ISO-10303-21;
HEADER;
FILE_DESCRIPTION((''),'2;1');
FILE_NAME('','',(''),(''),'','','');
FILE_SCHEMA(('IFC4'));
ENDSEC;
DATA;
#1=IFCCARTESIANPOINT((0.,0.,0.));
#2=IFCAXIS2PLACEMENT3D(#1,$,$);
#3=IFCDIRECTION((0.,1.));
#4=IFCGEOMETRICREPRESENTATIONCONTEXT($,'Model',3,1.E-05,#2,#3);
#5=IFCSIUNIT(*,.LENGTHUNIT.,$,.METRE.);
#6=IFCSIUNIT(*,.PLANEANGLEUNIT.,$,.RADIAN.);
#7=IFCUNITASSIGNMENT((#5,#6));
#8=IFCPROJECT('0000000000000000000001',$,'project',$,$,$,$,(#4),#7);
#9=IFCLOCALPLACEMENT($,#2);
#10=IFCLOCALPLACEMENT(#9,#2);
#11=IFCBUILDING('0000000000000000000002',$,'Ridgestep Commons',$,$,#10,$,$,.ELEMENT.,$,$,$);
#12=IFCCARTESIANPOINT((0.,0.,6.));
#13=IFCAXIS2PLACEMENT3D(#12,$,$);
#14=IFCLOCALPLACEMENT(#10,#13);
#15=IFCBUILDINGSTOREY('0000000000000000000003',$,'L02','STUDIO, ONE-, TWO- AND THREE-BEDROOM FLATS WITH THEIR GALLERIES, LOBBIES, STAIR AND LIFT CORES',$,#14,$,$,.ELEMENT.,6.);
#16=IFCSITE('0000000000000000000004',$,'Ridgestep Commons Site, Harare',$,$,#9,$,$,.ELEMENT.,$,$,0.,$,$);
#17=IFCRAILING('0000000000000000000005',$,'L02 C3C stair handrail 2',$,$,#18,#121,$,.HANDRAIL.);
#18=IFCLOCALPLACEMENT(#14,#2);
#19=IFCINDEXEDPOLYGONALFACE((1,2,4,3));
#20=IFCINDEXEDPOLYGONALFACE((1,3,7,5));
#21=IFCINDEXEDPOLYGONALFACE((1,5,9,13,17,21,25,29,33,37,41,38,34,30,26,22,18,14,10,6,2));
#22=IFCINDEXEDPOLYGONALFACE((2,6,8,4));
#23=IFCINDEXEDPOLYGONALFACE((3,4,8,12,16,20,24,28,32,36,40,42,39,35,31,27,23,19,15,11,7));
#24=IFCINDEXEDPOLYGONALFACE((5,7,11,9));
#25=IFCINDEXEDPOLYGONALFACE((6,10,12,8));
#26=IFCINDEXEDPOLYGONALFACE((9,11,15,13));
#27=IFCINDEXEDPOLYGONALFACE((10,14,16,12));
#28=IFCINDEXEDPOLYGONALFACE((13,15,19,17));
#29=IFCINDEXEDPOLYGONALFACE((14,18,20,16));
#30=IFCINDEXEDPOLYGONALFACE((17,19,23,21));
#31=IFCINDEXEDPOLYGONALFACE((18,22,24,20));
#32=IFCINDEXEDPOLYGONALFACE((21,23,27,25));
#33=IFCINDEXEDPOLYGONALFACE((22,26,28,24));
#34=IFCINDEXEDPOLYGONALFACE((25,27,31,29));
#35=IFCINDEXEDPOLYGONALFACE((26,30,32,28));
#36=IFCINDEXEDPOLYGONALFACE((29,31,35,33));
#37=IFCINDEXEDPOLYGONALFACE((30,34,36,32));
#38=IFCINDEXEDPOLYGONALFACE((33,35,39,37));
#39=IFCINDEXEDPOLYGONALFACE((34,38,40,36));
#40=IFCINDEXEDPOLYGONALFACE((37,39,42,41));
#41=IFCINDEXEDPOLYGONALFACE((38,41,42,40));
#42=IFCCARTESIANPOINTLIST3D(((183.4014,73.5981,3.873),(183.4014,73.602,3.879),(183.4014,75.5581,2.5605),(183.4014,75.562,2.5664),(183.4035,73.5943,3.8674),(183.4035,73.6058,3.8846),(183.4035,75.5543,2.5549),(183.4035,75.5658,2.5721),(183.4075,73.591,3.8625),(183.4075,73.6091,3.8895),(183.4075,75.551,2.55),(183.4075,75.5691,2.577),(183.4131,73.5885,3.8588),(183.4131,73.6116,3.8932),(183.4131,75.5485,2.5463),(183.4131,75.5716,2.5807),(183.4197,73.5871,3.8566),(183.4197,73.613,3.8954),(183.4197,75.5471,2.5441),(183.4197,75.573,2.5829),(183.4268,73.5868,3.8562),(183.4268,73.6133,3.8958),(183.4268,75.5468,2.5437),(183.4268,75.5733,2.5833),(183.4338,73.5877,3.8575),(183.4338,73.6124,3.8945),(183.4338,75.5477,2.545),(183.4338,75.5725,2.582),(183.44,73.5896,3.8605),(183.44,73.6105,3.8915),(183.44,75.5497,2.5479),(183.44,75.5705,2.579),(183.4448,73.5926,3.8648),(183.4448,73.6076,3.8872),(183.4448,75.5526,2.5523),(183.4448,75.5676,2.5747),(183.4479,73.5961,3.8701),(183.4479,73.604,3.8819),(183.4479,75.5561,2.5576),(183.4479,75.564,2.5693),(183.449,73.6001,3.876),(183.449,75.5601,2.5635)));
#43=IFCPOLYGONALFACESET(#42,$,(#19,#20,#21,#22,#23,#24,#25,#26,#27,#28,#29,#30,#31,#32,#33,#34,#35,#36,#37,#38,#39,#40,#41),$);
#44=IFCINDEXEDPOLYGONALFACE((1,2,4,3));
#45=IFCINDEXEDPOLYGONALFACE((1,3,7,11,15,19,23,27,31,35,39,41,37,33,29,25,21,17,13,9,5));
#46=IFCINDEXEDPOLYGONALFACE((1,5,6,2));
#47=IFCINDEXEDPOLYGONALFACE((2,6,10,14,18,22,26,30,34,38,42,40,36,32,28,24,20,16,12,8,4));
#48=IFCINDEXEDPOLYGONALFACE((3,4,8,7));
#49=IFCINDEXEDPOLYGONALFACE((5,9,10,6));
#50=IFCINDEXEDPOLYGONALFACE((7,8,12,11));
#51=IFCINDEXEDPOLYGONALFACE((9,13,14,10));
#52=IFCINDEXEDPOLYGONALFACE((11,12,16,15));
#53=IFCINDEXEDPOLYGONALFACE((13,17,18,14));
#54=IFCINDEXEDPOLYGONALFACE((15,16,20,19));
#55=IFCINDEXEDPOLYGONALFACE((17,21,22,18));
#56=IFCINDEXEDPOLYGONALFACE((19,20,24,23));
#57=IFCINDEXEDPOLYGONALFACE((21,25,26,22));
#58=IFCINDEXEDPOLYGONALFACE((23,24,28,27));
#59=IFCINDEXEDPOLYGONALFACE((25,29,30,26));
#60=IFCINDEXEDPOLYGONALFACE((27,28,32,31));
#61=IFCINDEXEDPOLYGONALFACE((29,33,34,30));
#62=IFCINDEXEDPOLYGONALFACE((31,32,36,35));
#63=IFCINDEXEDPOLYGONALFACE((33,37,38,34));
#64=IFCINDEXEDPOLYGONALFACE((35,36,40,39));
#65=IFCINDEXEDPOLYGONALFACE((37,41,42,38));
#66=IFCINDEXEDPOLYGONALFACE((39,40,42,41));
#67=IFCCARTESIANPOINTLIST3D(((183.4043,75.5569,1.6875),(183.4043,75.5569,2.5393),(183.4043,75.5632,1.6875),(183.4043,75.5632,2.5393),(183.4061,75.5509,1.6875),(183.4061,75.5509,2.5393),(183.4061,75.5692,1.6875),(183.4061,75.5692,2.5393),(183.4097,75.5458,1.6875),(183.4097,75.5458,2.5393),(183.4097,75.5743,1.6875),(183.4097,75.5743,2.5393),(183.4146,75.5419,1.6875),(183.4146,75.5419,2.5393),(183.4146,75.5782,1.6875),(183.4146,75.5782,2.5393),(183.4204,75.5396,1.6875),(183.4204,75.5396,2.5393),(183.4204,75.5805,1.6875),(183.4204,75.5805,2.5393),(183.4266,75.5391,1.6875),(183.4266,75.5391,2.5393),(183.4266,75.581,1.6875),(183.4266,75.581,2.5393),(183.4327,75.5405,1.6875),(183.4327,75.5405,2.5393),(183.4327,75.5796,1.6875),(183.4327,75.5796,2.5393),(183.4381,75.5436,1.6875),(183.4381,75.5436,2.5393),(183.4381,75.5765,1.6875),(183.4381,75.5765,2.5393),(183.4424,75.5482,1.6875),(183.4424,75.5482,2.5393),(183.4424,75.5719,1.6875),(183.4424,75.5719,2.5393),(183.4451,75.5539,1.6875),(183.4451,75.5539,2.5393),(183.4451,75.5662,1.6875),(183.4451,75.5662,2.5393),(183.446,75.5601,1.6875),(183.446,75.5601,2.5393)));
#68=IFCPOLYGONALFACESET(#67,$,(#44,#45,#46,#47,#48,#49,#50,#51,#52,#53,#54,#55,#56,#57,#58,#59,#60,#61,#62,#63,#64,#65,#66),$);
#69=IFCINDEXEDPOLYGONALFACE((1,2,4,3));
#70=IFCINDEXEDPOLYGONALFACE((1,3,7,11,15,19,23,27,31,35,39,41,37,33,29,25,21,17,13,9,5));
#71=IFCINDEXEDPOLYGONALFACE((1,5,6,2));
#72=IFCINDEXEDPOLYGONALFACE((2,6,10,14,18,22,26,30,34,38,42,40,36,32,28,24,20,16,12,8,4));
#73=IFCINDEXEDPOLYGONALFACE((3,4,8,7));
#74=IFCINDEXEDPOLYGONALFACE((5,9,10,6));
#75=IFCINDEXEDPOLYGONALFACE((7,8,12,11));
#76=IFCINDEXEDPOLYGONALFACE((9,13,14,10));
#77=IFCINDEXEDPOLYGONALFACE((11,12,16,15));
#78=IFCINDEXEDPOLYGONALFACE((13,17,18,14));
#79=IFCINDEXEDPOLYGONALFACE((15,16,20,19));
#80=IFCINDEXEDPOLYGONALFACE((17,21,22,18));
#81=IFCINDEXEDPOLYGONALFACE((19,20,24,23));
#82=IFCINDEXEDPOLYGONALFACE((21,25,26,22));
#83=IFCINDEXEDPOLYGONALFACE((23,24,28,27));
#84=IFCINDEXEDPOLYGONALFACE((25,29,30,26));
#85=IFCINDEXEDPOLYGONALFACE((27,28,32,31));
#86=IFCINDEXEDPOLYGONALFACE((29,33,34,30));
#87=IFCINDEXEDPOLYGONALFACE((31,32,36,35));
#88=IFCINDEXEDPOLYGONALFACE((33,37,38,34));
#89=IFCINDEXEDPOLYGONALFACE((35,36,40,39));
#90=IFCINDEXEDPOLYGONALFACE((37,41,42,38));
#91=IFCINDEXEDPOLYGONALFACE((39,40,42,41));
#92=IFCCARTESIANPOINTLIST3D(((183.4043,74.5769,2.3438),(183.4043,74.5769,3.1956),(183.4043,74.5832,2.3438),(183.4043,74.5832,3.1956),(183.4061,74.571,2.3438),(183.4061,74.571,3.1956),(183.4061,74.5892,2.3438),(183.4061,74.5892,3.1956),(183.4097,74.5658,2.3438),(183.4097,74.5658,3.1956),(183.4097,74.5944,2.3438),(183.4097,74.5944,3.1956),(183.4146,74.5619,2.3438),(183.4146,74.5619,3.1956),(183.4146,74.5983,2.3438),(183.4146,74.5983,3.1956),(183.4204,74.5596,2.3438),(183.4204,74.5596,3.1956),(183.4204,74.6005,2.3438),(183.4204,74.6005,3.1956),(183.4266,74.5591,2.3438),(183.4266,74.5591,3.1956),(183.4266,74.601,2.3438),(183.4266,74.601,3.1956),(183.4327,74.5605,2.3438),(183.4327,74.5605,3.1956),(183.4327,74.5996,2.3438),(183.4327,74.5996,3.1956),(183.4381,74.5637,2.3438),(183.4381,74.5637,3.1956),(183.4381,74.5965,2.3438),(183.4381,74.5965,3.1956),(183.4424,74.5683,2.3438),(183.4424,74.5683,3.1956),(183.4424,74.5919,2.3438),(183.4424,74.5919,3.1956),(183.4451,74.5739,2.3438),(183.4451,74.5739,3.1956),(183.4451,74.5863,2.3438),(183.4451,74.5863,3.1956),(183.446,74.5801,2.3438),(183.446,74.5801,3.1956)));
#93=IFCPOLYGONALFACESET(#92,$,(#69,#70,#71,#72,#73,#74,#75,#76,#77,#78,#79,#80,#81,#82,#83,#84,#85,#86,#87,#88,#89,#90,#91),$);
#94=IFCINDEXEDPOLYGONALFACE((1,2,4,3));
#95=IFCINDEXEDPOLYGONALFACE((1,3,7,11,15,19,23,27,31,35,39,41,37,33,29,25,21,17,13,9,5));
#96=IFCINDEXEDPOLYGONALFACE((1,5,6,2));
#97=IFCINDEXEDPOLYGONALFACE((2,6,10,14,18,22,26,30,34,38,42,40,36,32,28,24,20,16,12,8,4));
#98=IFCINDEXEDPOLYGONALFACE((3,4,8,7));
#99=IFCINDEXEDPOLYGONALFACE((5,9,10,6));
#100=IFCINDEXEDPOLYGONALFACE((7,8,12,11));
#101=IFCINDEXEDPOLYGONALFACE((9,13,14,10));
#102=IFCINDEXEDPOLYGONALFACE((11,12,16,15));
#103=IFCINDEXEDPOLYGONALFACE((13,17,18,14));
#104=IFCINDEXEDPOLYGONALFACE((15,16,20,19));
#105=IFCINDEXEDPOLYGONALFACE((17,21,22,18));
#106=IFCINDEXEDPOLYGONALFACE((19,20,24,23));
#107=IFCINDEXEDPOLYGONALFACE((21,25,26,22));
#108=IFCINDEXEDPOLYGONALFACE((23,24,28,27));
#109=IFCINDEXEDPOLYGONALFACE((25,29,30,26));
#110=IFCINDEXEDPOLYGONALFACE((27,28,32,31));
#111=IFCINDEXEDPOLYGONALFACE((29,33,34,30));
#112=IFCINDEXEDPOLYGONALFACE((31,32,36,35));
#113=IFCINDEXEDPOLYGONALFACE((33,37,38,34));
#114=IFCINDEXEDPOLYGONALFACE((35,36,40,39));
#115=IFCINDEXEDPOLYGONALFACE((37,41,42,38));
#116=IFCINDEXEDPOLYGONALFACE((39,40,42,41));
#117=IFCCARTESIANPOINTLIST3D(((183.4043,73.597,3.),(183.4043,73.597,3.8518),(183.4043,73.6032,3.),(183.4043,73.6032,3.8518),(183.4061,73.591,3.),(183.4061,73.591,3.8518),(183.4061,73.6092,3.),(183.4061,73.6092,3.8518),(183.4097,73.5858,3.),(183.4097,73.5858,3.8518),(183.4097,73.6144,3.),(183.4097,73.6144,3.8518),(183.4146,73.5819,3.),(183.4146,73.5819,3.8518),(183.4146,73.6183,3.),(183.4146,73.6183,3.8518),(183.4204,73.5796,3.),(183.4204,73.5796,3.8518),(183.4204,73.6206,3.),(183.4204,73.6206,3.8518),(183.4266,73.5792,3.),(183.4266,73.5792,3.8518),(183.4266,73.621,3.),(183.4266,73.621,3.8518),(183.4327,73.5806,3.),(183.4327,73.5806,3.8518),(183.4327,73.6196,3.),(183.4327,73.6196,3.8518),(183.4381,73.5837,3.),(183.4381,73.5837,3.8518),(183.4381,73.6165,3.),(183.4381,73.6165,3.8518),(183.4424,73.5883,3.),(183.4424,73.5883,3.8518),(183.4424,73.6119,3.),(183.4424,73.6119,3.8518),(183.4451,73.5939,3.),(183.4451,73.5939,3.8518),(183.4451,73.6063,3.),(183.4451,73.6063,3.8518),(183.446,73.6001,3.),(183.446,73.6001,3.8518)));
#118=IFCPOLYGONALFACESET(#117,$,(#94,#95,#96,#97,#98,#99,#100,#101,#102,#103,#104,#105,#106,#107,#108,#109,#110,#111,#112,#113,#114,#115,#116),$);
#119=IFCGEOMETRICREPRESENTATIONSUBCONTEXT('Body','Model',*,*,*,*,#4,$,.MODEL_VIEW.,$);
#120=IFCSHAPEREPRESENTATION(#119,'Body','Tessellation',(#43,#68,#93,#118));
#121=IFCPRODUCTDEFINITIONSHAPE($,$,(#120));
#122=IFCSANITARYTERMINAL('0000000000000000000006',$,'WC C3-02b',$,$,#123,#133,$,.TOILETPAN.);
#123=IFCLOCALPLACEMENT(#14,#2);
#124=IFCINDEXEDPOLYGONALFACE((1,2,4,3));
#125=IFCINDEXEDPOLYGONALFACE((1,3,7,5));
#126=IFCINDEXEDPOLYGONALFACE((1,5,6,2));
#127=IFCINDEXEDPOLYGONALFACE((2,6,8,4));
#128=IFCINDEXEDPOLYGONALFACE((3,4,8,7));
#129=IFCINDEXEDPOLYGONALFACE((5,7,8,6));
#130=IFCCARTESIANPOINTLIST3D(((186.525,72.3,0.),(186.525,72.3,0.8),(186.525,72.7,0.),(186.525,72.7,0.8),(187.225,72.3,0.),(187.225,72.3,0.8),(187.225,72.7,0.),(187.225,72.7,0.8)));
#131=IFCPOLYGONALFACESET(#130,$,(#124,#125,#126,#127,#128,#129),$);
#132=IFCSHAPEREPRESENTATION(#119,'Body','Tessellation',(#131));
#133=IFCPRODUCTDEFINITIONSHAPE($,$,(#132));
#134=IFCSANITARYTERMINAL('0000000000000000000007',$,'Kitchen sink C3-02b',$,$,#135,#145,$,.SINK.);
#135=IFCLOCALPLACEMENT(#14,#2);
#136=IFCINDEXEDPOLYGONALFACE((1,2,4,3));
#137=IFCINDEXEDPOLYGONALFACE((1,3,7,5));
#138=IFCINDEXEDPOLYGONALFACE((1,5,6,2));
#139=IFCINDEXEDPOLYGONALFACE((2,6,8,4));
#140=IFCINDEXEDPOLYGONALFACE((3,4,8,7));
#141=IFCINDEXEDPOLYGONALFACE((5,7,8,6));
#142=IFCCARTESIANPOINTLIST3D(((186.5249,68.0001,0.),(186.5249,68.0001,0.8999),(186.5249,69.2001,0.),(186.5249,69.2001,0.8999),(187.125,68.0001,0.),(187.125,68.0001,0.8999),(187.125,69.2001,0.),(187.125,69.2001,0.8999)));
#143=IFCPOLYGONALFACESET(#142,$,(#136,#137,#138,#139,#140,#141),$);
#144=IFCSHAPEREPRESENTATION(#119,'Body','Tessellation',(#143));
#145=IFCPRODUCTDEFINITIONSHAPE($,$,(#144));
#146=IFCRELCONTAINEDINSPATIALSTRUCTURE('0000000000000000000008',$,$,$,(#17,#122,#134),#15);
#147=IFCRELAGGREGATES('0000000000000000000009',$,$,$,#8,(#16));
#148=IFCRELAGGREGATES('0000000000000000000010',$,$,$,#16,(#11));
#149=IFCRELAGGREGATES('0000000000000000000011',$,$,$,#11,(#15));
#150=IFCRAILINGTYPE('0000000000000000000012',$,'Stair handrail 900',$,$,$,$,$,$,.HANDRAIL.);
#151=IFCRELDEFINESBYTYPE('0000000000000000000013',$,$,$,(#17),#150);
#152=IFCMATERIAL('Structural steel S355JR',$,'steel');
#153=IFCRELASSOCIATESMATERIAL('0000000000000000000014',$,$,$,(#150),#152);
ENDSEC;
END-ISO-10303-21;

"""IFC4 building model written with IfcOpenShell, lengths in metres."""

from ifc_helpers import new_model, si_unit, direction, frame, origin, origin_2d, place, context, subcontext, project, spatial, rectangle, circle, extrude, material, type_object, element, save


model = new_model("IFC4")

# Units and contexts
model_context = context("Model", 3, precision=1e-05, world=origin(), true_north=direction((0.0, 1.0)))
body_context = subcontext(model_context, "Body", "Model", "MODEL_VIEW")
ifc_project = project(units=[si_unit("LENGTHUNIT", "METRE"), si_unit("PLANEANGLEUNIT", "RADIAN")], contexts=[model_context])

# Site, building, storey
site_placement = place(None, origin())
site = spatial("IfcSite", under=ifc_project, at=site_placement, Name="Ridgestep Commons Site, Harare", CompositionType="ELEMENT", RefElevation=0.0)
building_placement = place(site_placement, origin())
building = spatial("IfcBuilding", under=site, at=building_placement, Name="Ridgestep Commons", CompositionType="ELEMENT")
storey_placement = place(building_placement, frame((0.0, 0.0, 6.0)))
storey = spatial("IfcBuildingStorey", under=building, at=storey_placement, Name="L02", Description="STUDIO, ONE-, TWO- AND THREE-BEDROOM FLATS WITH THEIR GALLERIES, LOBBIES, STAIR AND LIFT CORES", CompositionType="ELEMENT", Elevation=6.0)

# Railing
ifc_material_1 = material(Name="Structural steel S355JR", Category="steel")
railing_type_1 = type_object("IfcRailingType", Name="Stair handrail 900", PredefinedType="HANDRAIL", material=ifc_material_1)
railing_1_placement = place(storey_placement, frame((183.425, 75.5601, 1.6875)))
element("IfcRailing", 1, at=railing_1_placement, inside=storey, type_object=railing_type_1, Name="L02 C3C stair handrail 2", PredefinedType="HANDRAIL", context=body_context, shape_type="SweptSolid", body=[
    extrude(circle(Radius=0.0239, at=origin_2d()), frame((0.0, 0.0, 0.876), z_axis=(0.0, -0.830902, 0.556419), x_axis=(1.0, 0.0, 0.0)), (0.0, 0.0, 1.0), 2.3589),
    extrude(circle(Radius=0.021, at=origin_2d()), origin(), (0.0, 0.0, 1.0), 0.8518),
    extrude(circle(Radius=0.021, at=origin_2d()), frame((0.0, -0.98, 0.6562)), (0.0, 0.0, 1.0), 0.8518),
    extrude(circle(Radius=0.021, at=origin_2d()), frame((0.0, -1.96, 1.3125)), (0.0, 0.0, 1.0), 0.8518),
])

# Sanitary terminals
sanitary_terminal_1_placement = place(storey_placement, frame((186.875, 72.5, 0.0), z_axis=(0.0, 0.0, 1.0), x_axis=(1.0, 0.0, 0.0)))
element("IfcSanitaryTerminal", 2, at=sanitary_terminal_1_placement, inside=storey, Name="WC C3-02b", PredefinedType="TOILETPAN", context=body_context, shape_type="SweptSolid", body=[
    extrude(rectangle(XDim=0.7, YDim=0.3999, at=origin_2d()), origin(), (0.0, 0.0, 1.0), 0.8),
])
sanitary_terminal_2_placement = place(storey_placement, frame((186.825, 68.6001, 0.0), z_axis=(0.0, 0.0, 1.0), x_axis=(1.0, 0.0, 0.0)))
element("IfcSanitaryTerminal", 3, at=sanitary_terminal_2_placement, inside=storey, Name="Kitchen sink C3-02b", PredefinedType="SINK", context=body_context, shape_type="SweptSolid", body=[
    extrude(rectangle(XDim=0.6001, YDim=1.2, at=origin_2d()), origin(), (0.0, 0.0, 1.0), 0.8999),
])

save(model, "model.ifc")
